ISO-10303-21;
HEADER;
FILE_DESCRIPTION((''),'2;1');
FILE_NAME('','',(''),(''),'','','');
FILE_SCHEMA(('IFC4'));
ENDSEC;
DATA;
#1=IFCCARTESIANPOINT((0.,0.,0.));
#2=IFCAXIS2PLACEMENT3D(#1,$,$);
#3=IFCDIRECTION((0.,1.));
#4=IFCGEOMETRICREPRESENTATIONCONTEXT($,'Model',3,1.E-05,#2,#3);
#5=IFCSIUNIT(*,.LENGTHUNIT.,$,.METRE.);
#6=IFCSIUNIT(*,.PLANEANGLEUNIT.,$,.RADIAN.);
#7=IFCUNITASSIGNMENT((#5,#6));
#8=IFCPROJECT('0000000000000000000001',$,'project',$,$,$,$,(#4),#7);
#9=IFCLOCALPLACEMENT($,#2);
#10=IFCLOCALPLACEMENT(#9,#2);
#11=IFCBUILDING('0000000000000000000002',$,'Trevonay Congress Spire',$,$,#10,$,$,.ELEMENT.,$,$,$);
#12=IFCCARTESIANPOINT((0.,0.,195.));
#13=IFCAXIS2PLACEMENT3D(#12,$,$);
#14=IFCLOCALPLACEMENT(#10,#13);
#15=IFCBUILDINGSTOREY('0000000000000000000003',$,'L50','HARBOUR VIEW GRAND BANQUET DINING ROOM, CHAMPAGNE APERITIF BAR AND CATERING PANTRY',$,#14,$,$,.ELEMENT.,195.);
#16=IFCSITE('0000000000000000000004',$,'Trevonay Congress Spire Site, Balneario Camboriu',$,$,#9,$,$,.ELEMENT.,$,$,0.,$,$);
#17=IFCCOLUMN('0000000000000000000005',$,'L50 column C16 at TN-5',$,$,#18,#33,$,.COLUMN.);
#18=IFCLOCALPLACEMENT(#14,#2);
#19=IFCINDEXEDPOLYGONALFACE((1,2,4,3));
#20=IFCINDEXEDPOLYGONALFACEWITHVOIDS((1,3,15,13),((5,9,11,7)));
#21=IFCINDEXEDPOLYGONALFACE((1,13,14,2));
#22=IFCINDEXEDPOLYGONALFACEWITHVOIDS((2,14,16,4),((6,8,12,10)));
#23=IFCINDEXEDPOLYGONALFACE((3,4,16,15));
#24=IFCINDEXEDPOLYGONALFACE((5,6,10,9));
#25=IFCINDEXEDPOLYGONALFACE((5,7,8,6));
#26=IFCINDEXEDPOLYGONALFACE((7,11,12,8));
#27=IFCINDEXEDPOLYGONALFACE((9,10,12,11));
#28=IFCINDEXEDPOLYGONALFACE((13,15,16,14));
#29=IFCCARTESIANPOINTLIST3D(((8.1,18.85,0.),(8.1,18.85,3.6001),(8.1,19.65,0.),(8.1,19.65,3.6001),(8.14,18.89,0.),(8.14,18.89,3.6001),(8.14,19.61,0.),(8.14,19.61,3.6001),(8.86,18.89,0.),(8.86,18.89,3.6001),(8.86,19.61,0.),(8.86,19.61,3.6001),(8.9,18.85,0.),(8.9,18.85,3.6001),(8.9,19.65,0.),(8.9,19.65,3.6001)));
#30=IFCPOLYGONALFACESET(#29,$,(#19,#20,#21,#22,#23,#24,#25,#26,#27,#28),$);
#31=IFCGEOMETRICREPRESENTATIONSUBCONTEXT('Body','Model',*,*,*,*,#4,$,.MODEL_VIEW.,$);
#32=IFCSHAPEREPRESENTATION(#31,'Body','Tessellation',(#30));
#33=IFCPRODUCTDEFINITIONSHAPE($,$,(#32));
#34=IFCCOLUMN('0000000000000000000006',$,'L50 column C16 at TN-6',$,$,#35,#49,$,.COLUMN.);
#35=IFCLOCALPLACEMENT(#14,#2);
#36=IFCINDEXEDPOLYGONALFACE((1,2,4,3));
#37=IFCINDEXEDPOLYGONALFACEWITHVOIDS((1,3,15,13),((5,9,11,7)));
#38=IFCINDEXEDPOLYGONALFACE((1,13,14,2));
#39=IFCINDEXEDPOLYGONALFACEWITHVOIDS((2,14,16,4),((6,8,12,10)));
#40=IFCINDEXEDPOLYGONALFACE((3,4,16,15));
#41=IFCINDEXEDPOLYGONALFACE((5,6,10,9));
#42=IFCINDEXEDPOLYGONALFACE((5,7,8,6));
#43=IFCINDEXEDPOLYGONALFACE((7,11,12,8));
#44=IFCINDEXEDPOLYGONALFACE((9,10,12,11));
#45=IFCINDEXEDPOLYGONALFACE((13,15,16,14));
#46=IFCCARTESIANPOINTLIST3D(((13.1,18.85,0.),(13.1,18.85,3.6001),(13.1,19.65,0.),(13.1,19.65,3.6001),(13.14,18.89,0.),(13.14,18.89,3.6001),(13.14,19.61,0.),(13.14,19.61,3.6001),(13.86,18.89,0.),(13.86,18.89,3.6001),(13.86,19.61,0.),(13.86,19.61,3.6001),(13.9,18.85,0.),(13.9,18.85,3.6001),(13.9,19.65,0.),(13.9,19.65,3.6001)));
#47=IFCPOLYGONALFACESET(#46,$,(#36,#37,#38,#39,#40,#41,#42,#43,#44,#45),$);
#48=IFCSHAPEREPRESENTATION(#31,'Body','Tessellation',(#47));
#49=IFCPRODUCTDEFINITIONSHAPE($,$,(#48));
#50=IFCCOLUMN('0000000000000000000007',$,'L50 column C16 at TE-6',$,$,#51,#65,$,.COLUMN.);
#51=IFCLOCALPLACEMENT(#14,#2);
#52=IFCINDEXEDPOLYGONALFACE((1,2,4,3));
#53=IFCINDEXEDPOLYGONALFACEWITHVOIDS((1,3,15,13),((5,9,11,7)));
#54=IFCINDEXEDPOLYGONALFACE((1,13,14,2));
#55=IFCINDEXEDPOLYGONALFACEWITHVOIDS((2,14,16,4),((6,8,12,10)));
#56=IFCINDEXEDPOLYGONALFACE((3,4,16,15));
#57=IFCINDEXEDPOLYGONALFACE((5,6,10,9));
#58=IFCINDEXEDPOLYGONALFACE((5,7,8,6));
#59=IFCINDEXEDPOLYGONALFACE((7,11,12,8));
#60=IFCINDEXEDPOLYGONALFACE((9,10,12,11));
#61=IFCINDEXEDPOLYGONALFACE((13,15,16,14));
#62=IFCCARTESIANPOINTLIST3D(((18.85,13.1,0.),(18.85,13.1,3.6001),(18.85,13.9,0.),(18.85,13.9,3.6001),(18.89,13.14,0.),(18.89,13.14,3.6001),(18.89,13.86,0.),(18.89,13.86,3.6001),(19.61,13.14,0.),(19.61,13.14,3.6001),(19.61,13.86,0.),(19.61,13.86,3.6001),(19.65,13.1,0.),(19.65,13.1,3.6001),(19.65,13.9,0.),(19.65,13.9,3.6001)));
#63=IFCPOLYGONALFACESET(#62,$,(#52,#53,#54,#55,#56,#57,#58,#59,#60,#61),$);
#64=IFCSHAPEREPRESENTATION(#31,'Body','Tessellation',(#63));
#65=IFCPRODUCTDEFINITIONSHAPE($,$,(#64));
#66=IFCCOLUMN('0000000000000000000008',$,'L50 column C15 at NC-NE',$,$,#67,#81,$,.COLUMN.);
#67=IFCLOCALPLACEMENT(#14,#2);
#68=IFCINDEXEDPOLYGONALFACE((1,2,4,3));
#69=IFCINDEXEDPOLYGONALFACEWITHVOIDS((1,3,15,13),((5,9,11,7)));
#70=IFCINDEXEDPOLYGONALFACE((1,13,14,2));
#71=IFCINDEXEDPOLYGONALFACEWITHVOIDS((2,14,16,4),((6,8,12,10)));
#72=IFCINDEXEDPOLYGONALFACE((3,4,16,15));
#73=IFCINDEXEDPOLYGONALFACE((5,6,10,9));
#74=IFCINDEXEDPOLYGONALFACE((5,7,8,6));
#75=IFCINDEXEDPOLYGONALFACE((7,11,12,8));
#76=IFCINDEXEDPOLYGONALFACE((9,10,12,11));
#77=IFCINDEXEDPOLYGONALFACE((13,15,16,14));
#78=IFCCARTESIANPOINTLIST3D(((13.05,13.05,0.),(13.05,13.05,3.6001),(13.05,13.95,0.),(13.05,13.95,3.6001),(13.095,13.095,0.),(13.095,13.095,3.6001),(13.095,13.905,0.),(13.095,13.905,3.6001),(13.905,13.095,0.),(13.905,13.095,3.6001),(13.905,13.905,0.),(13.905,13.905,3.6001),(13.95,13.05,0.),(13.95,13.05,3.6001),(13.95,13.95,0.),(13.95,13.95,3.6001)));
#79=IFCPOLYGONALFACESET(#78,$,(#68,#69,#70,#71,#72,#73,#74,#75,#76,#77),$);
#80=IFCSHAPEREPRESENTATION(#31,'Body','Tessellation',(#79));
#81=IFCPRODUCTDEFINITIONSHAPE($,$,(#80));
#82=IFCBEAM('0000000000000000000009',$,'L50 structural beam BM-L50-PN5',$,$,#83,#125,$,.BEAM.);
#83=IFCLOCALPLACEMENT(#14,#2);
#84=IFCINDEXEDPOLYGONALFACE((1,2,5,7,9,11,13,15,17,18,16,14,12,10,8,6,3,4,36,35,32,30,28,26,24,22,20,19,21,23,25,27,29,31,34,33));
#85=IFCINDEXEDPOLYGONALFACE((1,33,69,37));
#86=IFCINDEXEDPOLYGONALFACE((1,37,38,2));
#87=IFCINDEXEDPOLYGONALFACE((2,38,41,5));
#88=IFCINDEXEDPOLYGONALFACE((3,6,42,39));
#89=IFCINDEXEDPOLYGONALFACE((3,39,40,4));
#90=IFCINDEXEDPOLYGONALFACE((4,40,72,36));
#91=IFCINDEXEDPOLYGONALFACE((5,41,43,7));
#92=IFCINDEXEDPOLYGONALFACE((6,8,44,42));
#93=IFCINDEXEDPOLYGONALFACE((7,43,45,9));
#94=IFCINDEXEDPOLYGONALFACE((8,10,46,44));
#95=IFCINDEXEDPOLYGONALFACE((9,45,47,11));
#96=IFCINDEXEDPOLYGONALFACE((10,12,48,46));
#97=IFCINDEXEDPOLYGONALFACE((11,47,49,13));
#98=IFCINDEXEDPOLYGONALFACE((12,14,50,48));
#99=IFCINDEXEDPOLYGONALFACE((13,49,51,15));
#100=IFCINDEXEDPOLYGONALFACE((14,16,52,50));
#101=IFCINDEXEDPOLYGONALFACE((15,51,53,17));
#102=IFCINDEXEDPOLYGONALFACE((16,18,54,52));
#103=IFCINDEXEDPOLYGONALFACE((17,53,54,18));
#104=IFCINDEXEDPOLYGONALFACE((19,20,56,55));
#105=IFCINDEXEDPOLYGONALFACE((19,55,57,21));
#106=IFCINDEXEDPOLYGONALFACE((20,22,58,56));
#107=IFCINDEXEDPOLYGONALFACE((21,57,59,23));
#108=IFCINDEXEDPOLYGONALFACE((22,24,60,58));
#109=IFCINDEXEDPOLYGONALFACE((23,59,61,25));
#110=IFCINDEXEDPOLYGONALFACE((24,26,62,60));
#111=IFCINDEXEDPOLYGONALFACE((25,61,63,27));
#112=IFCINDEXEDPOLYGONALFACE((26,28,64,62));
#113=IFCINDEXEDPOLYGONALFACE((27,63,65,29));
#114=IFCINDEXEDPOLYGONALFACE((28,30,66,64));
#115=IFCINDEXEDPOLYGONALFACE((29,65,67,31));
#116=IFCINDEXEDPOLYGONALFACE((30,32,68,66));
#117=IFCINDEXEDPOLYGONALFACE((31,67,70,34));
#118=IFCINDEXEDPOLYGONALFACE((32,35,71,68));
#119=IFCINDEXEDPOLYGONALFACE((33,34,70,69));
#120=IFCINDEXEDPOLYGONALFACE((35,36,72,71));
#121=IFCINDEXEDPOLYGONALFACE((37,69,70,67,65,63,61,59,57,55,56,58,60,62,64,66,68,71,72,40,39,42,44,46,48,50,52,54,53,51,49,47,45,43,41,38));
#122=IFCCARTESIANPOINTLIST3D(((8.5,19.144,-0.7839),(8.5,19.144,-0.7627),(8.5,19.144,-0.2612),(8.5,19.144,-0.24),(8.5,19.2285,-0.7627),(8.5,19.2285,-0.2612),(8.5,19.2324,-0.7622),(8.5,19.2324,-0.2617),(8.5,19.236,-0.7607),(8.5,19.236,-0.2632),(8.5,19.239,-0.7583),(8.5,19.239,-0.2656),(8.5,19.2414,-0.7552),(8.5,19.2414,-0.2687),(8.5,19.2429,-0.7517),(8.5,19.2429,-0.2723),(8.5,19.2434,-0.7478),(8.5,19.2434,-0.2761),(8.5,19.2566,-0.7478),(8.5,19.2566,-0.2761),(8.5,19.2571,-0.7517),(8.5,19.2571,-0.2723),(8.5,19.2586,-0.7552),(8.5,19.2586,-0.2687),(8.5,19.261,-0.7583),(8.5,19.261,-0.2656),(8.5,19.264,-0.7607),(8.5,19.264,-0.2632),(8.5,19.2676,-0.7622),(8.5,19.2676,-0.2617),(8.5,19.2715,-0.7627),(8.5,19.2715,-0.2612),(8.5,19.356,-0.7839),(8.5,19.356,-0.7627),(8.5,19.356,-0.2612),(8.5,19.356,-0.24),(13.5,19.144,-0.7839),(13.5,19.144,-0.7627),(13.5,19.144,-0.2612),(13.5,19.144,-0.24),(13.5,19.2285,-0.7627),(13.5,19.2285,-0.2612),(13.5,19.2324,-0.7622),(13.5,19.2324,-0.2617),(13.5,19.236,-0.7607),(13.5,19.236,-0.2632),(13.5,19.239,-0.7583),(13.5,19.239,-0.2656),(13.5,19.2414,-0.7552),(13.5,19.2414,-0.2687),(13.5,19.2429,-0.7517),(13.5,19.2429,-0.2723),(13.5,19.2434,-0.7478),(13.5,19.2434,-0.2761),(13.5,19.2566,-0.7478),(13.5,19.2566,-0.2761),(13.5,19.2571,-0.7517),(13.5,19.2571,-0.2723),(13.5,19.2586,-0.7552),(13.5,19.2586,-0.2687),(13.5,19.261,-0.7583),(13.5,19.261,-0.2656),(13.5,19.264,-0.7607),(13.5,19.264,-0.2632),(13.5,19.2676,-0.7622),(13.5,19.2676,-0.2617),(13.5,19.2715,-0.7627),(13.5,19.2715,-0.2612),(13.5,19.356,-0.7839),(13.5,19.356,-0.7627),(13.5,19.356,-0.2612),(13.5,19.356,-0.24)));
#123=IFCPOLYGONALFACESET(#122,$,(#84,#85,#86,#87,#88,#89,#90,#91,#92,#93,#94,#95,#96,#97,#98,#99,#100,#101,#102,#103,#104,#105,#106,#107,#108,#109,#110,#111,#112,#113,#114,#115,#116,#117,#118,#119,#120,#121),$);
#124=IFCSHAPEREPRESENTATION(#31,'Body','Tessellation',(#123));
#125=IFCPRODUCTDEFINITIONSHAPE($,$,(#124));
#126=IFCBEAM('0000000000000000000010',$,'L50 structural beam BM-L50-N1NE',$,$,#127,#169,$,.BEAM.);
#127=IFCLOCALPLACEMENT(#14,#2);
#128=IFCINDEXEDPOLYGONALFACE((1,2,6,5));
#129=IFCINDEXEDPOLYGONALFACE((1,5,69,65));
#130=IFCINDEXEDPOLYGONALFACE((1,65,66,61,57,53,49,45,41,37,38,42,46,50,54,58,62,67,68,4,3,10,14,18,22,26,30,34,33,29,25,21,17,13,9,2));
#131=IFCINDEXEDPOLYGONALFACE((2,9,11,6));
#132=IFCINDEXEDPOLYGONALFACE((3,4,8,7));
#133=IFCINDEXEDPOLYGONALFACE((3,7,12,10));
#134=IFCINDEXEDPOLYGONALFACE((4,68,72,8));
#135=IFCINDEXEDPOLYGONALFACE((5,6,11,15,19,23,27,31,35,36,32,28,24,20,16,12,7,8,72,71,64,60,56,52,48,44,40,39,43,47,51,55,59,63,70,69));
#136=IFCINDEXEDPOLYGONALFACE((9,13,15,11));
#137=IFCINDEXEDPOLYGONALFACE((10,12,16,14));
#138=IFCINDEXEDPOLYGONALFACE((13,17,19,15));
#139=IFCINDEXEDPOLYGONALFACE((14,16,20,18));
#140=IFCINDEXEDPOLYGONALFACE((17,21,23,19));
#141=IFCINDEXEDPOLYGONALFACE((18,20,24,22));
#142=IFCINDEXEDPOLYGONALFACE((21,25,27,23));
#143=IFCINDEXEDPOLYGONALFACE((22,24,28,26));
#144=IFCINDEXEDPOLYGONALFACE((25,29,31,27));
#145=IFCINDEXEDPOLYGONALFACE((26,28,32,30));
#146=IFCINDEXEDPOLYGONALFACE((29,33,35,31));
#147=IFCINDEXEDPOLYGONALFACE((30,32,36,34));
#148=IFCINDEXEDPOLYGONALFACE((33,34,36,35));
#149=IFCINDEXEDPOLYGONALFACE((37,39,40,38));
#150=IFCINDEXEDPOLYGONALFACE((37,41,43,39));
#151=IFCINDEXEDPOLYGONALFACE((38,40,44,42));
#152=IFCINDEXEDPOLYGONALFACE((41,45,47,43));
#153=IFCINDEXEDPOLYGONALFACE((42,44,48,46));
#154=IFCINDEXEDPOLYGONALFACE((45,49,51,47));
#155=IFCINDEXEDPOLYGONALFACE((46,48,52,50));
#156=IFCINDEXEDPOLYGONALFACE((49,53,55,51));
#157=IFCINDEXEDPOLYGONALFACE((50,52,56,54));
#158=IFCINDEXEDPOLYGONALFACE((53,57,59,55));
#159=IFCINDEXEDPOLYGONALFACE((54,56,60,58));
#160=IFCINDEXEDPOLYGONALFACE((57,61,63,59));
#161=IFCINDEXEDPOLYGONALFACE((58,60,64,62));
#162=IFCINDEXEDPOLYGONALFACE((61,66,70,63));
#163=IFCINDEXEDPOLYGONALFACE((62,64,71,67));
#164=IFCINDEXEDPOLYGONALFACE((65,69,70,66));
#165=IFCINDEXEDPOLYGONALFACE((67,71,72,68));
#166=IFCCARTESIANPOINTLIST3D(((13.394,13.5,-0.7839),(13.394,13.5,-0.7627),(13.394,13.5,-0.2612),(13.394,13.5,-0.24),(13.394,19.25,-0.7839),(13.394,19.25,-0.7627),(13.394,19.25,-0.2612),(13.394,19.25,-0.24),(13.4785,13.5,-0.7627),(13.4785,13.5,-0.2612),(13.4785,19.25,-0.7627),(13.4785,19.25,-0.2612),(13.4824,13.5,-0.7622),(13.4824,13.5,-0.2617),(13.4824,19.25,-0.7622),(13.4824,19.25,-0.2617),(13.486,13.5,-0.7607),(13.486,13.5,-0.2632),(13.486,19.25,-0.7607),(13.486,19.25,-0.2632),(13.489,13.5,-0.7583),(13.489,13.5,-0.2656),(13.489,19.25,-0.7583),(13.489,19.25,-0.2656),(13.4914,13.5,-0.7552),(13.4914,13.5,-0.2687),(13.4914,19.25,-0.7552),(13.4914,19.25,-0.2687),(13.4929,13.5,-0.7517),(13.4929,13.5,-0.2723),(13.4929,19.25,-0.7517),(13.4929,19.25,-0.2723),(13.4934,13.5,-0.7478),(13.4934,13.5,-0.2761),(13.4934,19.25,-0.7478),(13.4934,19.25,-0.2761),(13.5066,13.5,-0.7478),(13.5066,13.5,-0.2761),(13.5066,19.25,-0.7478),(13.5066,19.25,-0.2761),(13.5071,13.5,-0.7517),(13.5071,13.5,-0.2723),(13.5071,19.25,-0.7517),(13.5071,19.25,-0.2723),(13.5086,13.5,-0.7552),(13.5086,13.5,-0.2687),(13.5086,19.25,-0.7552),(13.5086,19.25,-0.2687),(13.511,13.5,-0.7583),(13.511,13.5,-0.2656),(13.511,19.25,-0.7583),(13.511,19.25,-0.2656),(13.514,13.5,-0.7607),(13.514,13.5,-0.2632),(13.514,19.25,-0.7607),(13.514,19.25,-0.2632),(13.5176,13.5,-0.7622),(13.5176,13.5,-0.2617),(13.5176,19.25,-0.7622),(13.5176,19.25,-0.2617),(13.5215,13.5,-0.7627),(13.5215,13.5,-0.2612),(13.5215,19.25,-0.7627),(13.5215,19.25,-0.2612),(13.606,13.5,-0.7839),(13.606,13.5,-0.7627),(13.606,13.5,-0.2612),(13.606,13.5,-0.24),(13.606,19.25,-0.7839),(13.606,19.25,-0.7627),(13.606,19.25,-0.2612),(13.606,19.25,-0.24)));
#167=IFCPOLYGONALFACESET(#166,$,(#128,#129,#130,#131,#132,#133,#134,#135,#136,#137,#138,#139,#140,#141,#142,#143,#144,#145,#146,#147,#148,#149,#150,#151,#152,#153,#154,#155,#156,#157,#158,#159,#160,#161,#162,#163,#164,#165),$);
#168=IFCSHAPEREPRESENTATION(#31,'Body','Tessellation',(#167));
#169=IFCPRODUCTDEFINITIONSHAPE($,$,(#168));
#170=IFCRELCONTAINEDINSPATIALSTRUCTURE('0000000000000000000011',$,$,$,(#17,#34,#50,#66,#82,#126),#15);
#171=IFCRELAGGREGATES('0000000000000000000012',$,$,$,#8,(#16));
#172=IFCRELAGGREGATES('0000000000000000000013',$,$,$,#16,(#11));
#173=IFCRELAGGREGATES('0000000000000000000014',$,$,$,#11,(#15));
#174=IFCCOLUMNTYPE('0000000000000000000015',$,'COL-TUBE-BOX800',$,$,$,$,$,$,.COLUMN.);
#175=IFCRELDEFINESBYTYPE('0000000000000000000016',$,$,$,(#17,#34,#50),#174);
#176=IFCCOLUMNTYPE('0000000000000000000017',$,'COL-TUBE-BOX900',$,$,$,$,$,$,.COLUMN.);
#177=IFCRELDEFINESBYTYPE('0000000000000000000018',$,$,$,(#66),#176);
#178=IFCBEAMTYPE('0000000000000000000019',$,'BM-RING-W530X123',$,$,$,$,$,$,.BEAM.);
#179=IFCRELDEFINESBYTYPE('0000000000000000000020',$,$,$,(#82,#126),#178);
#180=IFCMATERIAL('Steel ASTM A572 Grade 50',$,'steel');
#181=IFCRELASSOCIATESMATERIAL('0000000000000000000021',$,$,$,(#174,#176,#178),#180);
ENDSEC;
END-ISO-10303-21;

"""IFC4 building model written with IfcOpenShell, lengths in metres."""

from ifc_helpers import new_model, si_unit, direction, frame, origin, origin_2d, place, context, subcontext, project, spatial, hollow_rectangle, i_section, extrude, material, material_profile, profile_set, type_object, element, save


model = new_model("IFC4")

# Units and contexts
model_context = context("Model", 3, precision=1e-05, world=origin(), true_north=direction((0.0, 1.0)))
body_context = subcontext(model_context, "Body", "Model", "MODEL_VIEW")
ifc_project = project(units=[si_unit("LENGTHUNIT", "METRE"), si_unit("PLANEANGLEUNIT", "RADIAN")], contexts=[model_context])

# Site, building, storey
site_placement = place(None, origin())
site = spatial("IfcSite", under=ifc_project, at=site_placement, Name="Trevonay Congress Spire Site, Balneario Camboriu", CompositionType="ELEMENT", RefElevation=0.0)
building_placement = place(site_placement, origin())
building = spatial("IfcBuilding", under=site, at=building_placement, Name="Trevonay Congress Spire", CompositionType="ELEMENT")
storey_placement = place(building_placement, frame((0.0, 0.0, 195.0)))
storey = spatial("IfcBuildingStorey", under=building, at=storey_placement, Name="L50", Description="HARBOUR VIEW GRAND BANQUET DINING ROOM, CHAMPAGNE APERITIF BAR AND CATERING PANTRY", CompositionType="ELEMENT", Elevation=195.0)

# Columns
ifc_material_1 = material(Name="Steel ASTM A572 Grade 50", Category="steel")
ifc_material_profile_1 = material_profile(ifc_material_1, hollow_rectangle(XDim=0.8, YDim=0.8, WallThickness=0.04, at=origin_2d()), Name="BOX 800x800x40")
ifc_profile_set_1 = profile_set([ifc_material_profile_1], Name="Steel ASTM A572 Grade 50")
column_type_1 = type_object("IfcColumnType", Name="COL-TUBE-BOX800", PredefinedType="COLUMN", material=ifc_profile_set_1)
for number, where, z_axis, x_axis, name in (
    (1, (8.5, 19.25, 0.0), (0.0, 0.0, 1.0), (1.0, 0.0, 0.0), "L50 column C16 at TN-5"),
    (2, (13.5, 19.25, 0.0), (0.0, 0.0, 1.0), (1.0, 0.0, 0.0), "L50 column C16 at TN-6"),
    (3, (19.25, 13.5, 0.0), (0.0, 0.0, 1.0), (1.0, 0.0, 0.0), "L50 column C16 at TE-6"),
):
    element("IfcColumn", number, at=place(storey_placement, frame(where, z_axis=z_axis, x_axis=x_axis)), inside=storey, type_object=column_type_1, Name=name, PredefinedType="COLUMN", context=body_context, shape_type="SweptSolid", body=[
        extrude(hollow_rectangle(XDim=0.8, YDim=0.8, WallThickness=0.04, at=origin_2d()), origin(), (0.0, 0.0, 1.0), 3.6001),
    ])
ifc_material_profile_2 = material_profile(ifc_material_1, hollow_rectangle(XDim=0.8999, YDim=0.8999, WallThickness=0.0449, at=origin_2d()), Name="BOX 900x900x45")
ifc_profile_set_2 = profile_set([ifc_material_profile_2], Name="Steel ASTM A572 Grade 50")
column_type_2 = type_object("IfcColumnType", Name="COL-TUBE-BOX900", PredefinedType="COLUMN", material=ifc_profile_set_2)
column_placement = place(storey_placement, frame((13.5, 13.5, 0.0), z_axis=(0.0, 0.0, 1.0), x_axis=(1.0, 0.0, 0.0)))
element("IfcColumn", 4, at=column_placement, inside=storey, type_object=column_type_2, Name="L50 column C15 at NC-NE", PredefinedType="COLUMN", context=body_context, shape_type="SweptSolid", body=[
    extrude(hollow_rectangle(XDim=0.8999, YDim=0.8999, WallThickness=0.0449, at=origin_2d()), origin(), (0.0, 0.0, 1.0), 3.6001),
])

# Beams
ifc_material_profile_3 = material_profile(ifc_material_1, i_section(OverallWidth=0.2119, OverallDepth=0.5439, WebThickness=0.0132, FlangeThickness=0.0212, FilletRadius=0.0149, at=origin_2d()), Name="W530x123")
ifc_profile_set_3 = profile_set([ifc_material_profile_3], Name="Steel ASTM A572 Grade 50")
beam_type = type_object("IfcBeamType", Name="BM-RING-W530X123", PredefinedType="BEAM", material=ifc_profile_set_3)
beam_placement = place(storey_placement, frame((8.5, 19.25, -0.512), z_axis=(1.0, 0.0, 0.0), x_axis=(0.0, 1.0, 0.0)))
element("IfcBeam", 5, at=beam_placement, inside=storey, type_object=beam_type, Name="L50 structural beam BM-L50-PN5", PredefinedType="BEAM", context=body_context, shape_type="SweptSolid", body=[
    extrude(i_section(OverallWidth=0.2119, OverallDepth=0.5439, WebThickness=0.0132, FlangeThickness=0.0212, FilletRadius=0.0149, at=origin_2d()), origin(), (0.0, 0.0, 1.0), 5.0),
])
for number, where, z_axis, x_axis, name in (
    (6, (13.5, 19.25, -0.512), (0.0, -1.0, 0.0), (1.0, 0.0, 0.0), "L50 structural beam BM-L50-N1NE"),
):
    element("IfcBeam", number, at=place(storey_placement, frame(where, z_axis=z_axis, x_axis=x_axis)), inside=storey, type_object=beam_type, Name=name, PredefinedType="BEAM", context=body_context, shape_type="SweptSolid", body=[
        extrude(i_section(OverallWidth=0.2119, OverallDepth=0.5439, WebThickness=0.0132, FlangeThickness=0.0212, FilletRadius=0.0149, at=origin_2d()), origin(), (0.0, 0.0, 1.0), 5.75),
    ])

save(model, "model.ifc")
